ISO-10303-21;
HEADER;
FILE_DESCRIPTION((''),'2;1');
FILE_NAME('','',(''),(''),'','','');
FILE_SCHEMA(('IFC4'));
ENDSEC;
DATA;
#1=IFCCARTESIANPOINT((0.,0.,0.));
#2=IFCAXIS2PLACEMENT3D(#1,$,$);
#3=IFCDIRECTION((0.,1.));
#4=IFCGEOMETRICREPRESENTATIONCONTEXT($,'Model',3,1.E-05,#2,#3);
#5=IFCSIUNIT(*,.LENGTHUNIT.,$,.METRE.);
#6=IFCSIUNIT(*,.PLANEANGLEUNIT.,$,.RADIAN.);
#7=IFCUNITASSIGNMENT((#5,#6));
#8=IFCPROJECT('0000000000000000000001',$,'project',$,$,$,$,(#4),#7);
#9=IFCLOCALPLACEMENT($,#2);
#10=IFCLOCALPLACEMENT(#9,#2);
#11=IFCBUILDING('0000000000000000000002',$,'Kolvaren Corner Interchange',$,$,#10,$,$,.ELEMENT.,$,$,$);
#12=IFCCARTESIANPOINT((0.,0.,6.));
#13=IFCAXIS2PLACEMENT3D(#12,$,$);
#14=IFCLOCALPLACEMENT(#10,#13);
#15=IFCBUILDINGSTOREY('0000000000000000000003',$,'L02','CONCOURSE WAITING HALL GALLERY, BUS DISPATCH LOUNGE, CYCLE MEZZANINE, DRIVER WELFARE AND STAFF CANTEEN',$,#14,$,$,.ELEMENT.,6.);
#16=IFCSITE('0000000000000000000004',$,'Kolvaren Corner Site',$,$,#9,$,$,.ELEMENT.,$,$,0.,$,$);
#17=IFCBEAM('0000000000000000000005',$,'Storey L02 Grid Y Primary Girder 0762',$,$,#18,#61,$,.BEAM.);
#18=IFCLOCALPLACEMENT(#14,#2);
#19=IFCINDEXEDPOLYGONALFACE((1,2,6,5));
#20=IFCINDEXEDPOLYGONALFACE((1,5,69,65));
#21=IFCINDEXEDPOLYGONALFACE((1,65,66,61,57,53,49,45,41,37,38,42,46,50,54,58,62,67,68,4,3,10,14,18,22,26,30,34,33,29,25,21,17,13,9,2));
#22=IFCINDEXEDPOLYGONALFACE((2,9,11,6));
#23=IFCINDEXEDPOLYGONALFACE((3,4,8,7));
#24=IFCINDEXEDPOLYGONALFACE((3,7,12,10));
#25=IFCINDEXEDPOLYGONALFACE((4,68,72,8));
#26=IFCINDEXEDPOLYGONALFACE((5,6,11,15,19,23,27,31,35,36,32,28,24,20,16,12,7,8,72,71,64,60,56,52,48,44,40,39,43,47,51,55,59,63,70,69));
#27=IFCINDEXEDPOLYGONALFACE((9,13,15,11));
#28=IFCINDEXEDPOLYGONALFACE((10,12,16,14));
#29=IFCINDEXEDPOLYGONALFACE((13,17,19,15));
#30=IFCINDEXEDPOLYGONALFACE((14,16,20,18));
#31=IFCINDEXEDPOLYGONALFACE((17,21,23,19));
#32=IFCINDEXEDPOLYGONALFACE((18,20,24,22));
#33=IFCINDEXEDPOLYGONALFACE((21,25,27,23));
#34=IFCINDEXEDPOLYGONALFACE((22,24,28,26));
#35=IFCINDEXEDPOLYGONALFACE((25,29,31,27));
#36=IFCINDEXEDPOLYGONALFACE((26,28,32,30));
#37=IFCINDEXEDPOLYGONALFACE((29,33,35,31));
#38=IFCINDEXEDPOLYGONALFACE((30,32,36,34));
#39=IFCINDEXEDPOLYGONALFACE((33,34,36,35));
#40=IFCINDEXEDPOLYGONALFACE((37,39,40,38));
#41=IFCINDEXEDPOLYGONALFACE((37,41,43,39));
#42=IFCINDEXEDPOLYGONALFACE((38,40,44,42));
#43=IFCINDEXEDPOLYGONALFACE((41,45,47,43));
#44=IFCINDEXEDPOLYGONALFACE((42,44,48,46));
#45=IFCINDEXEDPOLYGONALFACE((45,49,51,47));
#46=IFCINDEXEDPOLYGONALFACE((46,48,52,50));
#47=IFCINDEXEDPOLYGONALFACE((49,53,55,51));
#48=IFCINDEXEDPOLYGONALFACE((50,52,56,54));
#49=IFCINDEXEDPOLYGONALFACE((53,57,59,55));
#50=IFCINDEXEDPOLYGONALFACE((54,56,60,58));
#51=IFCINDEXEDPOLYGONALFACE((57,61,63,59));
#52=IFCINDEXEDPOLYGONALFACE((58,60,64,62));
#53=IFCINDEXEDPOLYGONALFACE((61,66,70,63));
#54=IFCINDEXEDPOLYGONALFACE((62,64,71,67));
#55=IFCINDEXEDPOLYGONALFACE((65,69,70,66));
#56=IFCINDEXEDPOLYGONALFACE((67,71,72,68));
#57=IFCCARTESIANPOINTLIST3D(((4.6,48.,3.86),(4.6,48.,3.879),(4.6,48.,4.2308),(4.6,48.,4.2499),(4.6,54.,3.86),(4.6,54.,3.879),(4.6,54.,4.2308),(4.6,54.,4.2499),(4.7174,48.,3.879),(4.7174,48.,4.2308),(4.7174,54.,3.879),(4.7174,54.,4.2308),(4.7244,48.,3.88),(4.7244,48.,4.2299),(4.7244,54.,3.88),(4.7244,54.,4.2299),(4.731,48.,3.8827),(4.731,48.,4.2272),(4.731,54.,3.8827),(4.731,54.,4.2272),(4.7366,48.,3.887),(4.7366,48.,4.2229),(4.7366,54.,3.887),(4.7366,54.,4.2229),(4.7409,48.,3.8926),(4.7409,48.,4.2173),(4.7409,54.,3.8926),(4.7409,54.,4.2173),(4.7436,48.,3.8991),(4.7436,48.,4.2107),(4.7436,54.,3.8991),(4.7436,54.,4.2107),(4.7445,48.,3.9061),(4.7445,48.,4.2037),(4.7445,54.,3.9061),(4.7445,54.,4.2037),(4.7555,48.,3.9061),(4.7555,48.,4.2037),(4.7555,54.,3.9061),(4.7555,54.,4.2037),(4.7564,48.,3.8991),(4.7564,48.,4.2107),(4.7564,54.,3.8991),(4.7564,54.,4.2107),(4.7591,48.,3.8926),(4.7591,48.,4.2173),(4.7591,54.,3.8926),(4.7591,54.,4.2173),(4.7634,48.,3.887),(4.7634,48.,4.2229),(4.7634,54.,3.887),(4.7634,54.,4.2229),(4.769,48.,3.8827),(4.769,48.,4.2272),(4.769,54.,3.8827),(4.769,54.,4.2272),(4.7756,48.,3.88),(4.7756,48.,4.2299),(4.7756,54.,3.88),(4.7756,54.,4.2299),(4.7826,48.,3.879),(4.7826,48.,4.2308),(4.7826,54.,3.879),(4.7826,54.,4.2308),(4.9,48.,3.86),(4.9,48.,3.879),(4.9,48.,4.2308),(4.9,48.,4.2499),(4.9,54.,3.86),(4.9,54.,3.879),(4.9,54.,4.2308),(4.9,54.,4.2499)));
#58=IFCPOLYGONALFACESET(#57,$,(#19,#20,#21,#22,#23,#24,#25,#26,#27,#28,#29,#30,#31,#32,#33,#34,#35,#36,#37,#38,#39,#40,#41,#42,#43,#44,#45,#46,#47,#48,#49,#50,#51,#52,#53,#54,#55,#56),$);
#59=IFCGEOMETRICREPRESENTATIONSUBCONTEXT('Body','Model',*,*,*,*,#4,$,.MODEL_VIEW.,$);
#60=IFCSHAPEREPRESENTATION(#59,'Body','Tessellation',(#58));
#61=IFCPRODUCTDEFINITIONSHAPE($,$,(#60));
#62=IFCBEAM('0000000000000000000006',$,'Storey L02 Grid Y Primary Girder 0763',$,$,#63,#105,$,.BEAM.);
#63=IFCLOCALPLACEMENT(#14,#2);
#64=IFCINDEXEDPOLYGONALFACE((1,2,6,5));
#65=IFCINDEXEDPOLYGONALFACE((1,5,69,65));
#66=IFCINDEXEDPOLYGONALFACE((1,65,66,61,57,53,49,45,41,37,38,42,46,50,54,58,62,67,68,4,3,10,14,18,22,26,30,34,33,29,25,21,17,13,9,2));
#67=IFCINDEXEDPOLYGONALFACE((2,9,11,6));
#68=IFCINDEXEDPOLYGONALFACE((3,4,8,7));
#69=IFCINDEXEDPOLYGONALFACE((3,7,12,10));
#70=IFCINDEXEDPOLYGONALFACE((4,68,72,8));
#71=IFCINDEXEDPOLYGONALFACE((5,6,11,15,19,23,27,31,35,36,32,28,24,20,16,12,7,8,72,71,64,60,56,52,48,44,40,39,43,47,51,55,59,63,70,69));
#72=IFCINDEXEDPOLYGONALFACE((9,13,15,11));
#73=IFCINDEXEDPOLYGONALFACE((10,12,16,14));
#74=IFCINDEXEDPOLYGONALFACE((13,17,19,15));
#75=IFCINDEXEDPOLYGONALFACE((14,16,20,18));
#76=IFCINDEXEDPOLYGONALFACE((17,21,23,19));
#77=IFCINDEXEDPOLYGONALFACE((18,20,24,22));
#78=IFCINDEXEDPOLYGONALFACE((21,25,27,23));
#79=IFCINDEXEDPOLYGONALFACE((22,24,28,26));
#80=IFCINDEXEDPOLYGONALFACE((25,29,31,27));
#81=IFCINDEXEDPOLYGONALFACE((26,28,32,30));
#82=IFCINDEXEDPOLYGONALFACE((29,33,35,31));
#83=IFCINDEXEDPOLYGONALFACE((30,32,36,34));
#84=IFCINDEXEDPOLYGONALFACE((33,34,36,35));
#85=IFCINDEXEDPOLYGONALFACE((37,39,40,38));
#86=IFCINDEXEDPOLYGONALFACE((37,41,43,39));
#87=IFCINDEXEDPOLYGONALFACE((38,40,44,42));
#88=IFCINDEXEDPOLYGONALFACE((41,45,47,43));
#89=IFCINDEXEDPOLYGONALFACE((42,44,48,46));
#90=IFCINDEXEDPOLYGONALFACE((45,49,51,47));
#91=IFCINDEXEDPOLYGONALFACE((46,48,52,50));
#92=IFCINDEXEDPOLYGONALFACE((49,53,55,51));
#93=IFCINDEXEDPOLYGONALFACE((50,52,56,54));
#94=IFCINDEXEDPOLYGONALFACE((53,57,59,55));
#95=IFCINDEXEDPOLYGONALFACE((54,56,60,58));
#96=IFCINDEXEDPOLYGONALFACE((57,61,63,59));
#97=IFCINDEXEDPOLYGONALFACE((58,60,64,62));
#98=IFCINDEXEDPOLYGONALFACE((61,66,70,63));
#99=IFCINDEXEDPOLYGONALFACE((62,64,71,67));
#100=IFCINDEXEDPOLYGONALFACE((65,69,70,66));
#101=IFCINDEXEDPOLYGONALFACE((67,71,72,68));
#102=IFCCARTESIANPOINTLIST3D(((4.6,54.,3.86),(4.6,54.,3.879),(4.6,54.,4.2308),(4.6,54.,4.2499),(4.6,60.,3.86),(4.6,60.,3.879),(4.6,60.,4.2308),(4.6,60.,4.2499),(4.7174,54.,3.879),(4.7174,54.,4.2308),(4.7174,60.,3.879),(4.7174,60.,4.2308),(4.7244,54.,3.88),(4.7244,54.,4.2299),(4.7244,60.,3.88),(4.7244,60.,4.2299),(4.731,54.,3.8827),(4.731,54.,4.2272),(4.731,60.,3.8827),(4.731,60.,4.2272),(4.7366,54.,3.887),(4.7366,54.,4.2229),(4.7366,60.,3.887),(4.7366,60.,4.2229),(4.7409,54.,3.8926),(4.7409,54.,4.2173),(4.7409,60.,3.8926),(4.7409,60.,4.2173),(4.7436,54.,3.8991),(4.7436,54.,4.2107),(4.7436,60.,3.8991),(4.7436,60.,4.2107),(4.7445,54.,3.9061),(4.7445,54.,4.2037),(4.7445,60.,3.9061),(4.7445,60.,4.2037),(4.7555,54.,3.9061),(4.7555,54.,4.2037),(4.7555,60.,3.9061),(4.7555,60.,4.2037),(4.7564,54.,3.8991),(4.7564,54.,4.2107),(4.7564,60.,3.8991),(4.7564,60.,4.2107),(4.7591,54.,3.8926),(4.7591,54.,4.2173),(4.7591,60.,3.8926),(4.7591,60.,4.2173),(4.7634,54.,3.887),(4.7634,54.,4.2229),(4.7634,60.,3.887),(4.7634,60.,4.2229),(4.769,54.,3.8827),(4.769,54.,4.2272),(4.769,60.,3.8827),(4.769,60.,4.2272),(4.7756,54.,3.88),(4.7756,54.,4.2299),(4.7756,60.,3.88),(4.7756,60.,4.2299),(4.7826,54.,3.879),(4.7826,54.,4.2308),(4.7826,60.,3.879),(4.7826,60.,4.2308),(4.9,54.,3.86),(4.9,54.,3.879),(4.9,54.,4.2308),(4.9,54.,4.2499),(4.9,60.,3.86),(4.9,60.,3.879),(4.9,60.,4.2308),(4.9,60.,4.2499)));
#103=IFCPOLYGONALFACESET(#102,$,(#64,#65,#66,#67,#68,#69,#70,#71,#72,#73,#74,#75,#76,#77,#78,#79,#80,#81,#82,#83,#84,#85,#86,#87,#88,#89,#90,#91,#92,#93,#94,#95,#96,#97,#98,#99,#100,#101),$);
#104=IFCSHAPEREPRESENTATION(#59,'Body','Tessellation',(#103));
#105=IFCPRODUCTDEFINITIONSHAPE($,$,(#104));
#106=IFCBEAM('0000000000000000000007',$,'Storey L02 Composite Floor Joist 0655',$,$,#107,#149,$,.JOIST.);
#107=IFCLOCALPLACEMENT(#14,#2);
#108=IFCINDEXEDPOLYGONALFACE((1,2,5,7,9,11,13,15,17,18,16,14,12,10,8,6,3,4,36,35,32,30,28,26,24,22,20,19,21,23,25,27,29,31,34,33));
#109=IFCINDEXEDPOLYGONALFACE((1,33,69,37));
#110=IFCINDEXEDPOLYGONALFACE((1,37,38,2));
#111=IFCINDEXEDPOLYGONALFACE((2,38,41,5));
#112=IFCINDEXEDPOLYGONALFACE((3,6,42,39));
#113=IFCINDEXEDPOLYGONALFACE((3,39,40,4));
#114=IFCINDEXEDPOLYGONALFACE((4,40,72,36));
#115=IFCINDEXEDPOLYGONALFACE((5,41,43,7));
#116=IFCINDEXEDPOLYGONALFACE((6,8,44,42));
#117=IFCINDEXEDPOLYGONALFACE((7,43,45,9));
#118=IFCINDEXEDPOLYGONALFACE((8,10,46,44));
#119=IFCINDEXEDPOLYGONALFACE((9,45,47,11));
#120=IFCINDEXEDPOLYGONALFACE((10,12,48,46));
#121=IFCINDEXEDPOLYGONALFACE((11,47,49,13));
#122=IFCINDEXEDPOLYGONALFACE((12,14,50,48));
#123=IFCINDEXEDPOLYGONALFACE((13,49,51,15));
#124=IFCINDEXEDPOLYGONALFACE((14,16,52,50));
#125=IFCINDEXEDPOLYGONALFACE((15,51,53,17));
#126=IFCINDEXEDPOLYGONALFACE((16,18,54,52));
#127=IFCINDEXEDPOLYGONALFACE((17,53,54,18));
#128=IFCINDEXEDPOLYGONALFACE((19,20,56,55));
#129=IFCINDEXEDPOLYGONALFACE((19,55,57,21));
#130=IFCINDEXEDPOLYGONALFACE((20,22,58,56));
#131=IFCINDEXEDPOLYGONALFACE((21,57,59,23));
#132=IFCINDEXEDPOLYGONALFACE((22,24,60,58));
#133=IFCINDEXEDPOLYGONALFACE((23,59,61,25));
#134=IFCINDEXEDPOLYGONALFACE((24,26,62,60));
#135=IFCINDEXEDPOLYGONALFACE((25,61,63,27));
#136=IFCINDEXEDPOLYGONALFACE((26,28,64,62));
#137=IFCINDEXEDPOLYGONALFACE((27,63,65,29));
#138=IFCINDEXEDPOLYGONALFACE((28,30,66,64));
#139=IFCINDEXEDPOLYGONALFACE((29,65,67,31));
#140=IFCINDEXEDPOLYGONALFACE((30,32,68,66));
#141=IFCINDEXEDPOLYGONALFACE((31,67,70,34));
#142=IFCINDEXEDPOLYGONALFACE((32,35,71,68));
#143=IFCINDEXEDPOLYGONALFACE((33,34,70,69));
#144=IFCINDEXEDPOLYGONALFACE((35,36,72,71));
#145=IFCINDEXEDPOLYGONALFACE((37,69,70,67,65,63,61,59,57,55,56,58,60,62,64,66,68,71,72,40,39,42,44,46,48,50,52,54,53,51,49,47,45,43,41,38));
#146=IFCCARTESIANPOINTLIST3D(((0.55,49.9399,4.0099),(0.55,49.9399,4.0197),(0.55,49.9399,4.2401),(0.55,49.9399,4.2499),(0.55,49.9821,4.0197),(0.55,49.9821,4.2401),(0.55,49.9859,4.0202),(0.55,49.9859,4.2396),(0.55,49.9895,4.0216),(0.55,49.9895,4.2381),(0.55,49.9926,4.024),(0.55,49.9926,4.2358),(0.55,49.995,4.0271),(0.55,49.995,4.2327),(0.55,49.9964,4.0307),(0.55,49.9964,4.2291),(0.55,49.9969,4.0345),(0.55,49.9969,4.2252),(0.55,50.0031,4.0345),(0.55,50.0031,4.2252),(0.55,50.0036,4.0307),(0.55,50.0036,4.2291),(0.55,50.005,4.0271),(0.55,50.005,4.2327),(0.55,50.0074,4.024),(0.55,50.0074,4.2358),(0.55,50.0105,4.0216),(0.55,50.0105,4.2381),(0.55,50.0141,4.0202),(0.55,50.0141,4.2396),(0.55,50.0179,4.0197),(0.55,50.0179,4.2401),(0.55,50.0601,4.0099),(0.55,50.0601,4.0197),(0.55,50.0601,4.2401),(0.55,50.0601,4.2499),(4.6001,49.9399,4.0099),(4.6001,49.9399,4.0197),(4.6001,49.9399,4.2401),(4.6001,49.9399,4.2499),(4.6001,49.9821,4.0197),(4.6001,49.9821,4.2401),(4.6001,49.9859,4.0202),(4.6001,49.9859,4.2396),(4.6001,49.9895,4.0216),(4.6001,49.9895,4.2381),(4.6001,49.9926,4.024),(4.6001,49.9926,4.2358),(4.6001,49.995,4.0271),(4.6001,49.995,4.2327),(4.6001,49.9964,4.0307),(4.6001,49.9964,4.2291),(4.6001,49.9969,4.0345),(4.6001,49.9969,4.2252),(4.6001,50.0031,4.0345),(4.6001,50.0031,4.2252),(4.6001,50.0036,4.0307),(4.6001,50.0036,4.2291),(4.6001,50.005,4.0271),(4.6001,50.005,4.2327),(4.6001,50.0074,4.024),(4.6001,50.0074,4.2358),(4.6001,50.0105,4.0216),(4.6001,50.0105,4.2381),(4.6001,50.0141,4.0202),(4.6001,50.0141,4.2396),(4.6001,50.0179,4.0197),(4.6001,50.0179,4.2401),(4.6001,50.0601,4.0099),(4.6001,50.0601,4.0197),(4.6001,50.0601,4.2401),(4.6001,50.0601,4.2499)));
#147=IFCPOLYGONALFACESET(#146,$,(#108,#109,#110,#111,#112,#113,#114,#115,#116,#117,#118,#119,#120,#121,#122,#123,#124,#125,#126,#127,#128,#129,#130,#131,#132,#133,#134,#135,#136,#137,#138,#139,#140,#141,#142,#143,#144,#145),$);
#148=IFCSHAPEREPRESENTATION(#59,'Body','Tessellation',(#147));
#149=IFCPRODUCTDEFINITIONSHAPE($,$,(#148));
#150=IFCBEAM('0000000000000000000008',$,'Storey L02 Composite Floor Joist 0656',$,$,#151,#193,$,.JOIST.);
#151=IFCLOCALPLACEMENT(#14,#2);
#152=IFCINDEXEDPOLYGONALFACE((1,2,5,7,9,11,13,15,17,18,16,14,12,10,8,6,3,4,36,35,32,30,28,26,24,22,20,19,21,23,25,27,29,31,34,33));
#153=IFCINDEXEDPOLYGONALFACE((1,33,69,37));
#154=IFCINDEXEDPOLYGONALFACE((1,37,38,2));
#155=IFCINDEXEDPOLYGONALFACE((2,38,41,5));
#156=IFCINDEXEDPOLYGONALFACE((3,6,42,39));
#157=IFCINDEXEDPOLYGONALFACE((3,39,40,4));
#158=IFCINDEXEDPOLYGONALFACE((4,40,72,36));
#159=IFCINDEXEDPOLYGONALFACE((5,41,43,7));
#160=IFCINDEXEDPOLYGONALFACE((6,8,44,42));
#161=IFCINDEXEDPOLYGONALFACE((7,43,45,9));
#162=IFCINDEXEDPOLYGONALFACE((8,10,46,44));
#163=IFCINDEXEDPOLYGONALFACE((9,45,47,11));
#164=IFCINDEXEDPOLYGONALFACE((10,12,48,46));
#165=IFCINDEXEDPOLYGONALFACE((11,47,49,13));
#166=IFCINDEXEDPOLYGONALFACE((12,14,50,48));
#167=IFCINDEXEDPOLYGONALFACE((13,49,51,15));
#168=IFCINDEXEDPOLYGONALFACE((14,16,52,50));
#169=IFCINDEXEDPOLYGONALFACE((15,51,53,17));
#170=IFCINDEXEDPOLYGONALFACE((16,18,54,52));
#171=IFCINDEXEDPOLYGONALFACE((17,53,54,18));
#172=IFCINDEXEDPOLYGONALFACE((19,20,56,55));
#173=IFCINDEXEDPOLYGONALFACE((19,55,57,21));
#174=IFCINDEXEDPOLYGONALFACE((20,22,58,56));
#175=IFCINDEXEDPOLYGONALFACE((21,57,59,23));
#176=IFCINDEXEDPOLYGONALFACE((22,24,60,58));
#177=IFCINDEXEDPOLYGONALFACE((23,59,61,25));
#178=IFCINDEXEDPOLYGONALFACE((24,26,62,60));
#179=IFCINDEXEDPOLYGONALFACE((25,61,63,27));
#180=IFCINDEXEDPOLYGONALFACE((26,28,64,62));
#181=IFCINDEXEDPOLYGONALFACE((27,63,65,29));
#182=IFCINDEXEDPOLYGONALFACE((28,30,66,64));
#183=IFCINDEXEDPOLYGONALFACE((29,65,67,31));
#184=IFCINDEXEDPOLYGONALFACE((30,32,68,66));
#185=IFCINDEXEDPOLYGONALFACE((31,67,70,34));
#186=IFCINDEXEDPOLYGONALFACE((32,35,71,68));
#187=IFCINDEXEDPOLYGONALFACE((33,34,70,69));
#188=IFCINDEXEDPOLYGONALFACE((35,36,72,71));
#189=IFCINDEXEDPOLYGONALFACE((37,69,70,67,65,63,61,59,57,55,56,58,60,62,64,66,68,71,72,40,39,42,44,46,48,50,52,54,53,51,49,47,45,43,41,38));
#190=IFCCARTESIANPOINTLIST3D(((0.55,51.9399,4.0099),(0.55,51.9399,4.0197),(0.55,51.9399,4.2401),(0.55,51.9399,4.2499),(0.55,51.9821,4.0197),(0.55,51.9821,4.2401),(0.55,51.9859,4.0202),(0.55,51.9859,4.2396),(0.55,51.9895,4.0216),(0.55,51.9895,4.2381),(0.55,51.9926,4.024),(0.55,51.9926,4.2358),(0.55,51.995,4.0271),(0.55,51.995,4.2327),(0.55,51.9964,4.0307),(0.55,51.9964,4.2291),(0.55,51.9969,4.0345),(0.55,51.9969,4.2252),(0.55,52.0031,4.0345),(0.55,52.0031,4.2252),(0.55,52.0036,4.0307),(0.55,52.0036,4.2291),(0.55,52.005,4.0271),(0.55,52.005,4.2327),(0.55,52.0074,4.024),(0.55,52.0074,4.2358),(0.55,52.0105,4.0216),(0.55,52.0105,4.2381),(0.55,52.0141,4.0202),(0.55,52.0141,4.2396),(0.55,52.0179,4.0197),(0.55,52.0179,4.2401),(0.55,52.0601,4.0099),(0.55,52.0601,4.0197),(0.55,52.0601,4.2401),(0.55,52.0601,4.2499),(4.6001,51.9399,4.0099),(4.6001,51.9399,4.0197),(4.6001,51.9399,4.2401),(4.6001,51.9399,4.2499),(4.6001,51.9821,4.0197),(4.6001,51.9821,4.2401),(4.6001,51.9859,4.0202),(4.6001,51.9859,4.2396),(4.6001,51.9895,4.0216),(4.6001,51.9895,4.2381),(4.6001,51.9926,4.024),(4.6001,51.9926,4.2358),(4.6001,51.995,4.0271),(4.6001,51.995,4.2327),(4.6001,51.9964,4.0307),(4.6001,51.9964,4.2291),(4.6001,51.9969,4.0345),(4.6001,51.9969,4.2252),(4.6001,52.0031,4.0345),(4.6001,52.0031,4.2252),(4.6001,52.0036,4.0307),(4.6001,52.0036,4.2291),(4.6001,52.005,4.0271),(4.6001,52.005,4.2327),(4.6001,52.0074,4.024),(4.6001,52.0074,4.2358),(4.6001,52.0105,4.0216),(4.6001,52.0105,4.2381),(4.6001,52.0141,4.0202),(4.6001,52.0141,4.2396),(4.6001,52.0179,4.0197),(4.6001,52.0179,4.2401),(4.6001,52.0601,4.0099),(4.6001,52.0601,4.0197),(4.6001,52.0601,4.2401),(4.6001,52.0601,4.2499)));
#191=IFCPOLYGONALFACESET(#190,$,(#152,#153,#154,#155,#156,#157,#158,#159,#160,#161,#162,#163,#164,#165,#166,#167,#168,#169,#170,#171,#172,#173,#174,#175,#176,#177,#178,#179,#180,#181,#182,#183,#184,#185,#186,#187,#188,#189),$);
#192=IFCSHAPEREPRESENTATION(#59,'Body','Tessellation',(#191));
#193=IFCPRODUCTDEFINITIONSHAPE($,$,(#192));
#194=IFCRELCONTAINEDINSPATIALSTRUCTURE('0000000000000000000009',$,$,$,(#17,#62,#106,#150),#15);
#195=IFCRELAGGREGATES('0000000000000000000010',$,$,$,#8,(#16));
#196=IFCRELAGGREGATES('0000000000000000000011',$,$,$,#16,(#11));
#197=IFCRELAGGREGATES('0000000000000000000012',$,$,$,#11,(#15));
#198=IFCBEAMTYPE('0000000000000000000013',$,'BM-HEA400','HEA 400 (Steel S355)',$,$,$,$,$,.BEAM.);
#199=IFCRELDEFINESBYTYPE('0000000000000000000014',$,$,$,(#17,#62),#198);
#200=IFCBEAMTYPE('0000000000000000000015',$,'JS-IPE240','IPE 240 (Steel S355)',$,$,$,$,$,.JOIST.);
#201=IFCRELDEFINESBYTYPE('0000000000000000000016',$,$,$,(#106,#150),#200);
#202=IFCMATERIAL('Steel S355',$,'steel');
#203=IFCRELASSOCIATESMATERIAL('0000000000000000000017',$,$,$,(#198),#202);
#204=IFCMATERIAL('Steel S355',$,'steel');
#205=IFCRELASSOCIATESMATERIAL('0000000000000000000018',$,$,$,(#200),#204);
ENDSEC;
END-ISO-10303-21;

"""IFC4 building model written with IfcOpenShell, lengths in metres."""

from ifc_helpers import new_model, si_unit, direction, frame, origin, origin_2d, place, context, subcontext, project, spatial, i_section, extrude, material, material_profile, profile_set, type_object, element, save


model = new_model("IFC4")

# Units and contexts
model_context = context("Model", 3, precision=1e-05, world=origin(), true_north=direction((0.0, 1.0)))
body_context = subcontext(model_context, "Body", "Model", "MODEL_VIEW")
ifc_project = project(units=[si_unit("LENGTHUNIT", "METRE"), si_unit("PLANEANGLEUNIT", "RADIAN")], contexts=[model_context])

# Site, building, storey
site_placement = place(None, origin())
site = spatial("IfcSite", under=ifc_project, at=site_placement, Name="Kolvaren Corner Site", CompositionType="ELEMENT", RefElevation=0.0)
building_placement = place(site_placement, origin())
building = spatial("IfcBuilding", under=site, at=building_placement, Name="Kolvaren Corner Interchange", CompositionType="ELEMENT")
storey_placement = place(building_placement, frame((0.0, 0.0, 6.0)))
storey = spatial("IfcBuildingStorey", under=building, at=storey_placement, Name="L02", Description="CONCOURSE WAITING HALL GALLERY, BUS DISPATCH LOUNGE, CYCLE MEZZANINE, DRIVER WELFARE AND STAFF CANTEEN", CompositionType="ELEMENT", Elevation=6.0)

# Beams
ifc_material_1 = material(Name="Steel S355", Category="steel")
ifc_material_profile_1 = material_profile(ifc_material_1, i_section(OverallWidth=0.3, OverallDepth=0.3899, WebThickness=0.011, FlangeThickness=0.019, FilletRadius=0.0271, at=origin_2d()), Name="HEA 400")
ifc_profile_set_1 = profile_set([ifc_material_profile_1], Name="Steel S355")
beam_type_1 = type_object("IfcBeamType", Name="BM-HEA400", Description="HEA 400 (Steel S355)", PredefinedType="BEAM", material=ifc_profile_set_1)
for number, where, z_axis, x_axis, name in (
    (1, (4.75, 48.0, 4.0549), (0.0, 1.0, 0.0), (-1.0, 0.0, 0.0), "Storey L02 Grid Y Primary Girder 0762"),
    (2, (4.75, 54.0, 4.0549), (0.0, 1.0, 0.0), (-1.0, 0.0, 0.0), "Storey L02 Grid Y Primary Girder 0763"),
):
    element("IfcBeam", number, at=place(storey_placement, frame(where, z_axis=z_axis, x_axis=x_axis)), inside=storey, type_object=beam_type_1, Name=name, PredefinedType="BEAM", context=body_context, shape_type="SweptSolid", body=[
        extrude(i_section(OverallWidth=0.3, OverallDepth=0.3899, WebThickness=0.011, FlangeThickness=0.019, FilletRadius=0.0271, at=origin_2d()), origin(), (0.0, 0.0, 1.0), 6.0),
    ])
ifc_material_2 = material(Name="Steel S355", Category="steel")
ifc_material_profile_2 = material_profile(ifc_material_2, i_section(OverallWidth=0.1201, OverallDepth=0.24, WebThickness=0.0061, FlangeThickness=0.0098, FilletRadius=0.0149, at=origin_2d()), Name="IPE 240")
ifc_profile_set_2 = profile_set([ifc_material_profile_2], Name="Steel S355")
beam_type_2 = type_object("IfcBeamType", Name="JS-IPE240", Description="IPE 240 (Steel S355)", PredefinedType="JOIST", material=ifc_profile_set_2)
for number, where, z_axis, x_axis, name in (
    (3, (0.55, 50.0, 4.1299), (1.0, 0.0, 0.0), (0.0, 1.0, 0.0), "Storey L02 Composite Floor Joist 0655"),
    (4, (0.55, 52.0, 4.1299), (1.0, 0.0, 0.0), (0.0, 1.0, 0.0), "Storey L02 Composite Floor Joist 0656"),
):
    element("IfcBeam", number, at=place(storey_placement, frame(where, z_axis=z_axis, x_axis=x_axis)), inside=storey, type_object=beam_type_2, Name=name, PredefinedType="JOIST", context=body_context, shape_type="SweptSolid", body=[
        extrude(i_section(OverallWidth=0.1201, OverallDepth=0.24, WebThickness=0.0061, FlangeThickness=0.0098, FilletRadius=0.0149, at=origin_2d()), origin(), (0.0, 0.0, 1.0), 4.05),
    ])

save(model, "model.ifc")
